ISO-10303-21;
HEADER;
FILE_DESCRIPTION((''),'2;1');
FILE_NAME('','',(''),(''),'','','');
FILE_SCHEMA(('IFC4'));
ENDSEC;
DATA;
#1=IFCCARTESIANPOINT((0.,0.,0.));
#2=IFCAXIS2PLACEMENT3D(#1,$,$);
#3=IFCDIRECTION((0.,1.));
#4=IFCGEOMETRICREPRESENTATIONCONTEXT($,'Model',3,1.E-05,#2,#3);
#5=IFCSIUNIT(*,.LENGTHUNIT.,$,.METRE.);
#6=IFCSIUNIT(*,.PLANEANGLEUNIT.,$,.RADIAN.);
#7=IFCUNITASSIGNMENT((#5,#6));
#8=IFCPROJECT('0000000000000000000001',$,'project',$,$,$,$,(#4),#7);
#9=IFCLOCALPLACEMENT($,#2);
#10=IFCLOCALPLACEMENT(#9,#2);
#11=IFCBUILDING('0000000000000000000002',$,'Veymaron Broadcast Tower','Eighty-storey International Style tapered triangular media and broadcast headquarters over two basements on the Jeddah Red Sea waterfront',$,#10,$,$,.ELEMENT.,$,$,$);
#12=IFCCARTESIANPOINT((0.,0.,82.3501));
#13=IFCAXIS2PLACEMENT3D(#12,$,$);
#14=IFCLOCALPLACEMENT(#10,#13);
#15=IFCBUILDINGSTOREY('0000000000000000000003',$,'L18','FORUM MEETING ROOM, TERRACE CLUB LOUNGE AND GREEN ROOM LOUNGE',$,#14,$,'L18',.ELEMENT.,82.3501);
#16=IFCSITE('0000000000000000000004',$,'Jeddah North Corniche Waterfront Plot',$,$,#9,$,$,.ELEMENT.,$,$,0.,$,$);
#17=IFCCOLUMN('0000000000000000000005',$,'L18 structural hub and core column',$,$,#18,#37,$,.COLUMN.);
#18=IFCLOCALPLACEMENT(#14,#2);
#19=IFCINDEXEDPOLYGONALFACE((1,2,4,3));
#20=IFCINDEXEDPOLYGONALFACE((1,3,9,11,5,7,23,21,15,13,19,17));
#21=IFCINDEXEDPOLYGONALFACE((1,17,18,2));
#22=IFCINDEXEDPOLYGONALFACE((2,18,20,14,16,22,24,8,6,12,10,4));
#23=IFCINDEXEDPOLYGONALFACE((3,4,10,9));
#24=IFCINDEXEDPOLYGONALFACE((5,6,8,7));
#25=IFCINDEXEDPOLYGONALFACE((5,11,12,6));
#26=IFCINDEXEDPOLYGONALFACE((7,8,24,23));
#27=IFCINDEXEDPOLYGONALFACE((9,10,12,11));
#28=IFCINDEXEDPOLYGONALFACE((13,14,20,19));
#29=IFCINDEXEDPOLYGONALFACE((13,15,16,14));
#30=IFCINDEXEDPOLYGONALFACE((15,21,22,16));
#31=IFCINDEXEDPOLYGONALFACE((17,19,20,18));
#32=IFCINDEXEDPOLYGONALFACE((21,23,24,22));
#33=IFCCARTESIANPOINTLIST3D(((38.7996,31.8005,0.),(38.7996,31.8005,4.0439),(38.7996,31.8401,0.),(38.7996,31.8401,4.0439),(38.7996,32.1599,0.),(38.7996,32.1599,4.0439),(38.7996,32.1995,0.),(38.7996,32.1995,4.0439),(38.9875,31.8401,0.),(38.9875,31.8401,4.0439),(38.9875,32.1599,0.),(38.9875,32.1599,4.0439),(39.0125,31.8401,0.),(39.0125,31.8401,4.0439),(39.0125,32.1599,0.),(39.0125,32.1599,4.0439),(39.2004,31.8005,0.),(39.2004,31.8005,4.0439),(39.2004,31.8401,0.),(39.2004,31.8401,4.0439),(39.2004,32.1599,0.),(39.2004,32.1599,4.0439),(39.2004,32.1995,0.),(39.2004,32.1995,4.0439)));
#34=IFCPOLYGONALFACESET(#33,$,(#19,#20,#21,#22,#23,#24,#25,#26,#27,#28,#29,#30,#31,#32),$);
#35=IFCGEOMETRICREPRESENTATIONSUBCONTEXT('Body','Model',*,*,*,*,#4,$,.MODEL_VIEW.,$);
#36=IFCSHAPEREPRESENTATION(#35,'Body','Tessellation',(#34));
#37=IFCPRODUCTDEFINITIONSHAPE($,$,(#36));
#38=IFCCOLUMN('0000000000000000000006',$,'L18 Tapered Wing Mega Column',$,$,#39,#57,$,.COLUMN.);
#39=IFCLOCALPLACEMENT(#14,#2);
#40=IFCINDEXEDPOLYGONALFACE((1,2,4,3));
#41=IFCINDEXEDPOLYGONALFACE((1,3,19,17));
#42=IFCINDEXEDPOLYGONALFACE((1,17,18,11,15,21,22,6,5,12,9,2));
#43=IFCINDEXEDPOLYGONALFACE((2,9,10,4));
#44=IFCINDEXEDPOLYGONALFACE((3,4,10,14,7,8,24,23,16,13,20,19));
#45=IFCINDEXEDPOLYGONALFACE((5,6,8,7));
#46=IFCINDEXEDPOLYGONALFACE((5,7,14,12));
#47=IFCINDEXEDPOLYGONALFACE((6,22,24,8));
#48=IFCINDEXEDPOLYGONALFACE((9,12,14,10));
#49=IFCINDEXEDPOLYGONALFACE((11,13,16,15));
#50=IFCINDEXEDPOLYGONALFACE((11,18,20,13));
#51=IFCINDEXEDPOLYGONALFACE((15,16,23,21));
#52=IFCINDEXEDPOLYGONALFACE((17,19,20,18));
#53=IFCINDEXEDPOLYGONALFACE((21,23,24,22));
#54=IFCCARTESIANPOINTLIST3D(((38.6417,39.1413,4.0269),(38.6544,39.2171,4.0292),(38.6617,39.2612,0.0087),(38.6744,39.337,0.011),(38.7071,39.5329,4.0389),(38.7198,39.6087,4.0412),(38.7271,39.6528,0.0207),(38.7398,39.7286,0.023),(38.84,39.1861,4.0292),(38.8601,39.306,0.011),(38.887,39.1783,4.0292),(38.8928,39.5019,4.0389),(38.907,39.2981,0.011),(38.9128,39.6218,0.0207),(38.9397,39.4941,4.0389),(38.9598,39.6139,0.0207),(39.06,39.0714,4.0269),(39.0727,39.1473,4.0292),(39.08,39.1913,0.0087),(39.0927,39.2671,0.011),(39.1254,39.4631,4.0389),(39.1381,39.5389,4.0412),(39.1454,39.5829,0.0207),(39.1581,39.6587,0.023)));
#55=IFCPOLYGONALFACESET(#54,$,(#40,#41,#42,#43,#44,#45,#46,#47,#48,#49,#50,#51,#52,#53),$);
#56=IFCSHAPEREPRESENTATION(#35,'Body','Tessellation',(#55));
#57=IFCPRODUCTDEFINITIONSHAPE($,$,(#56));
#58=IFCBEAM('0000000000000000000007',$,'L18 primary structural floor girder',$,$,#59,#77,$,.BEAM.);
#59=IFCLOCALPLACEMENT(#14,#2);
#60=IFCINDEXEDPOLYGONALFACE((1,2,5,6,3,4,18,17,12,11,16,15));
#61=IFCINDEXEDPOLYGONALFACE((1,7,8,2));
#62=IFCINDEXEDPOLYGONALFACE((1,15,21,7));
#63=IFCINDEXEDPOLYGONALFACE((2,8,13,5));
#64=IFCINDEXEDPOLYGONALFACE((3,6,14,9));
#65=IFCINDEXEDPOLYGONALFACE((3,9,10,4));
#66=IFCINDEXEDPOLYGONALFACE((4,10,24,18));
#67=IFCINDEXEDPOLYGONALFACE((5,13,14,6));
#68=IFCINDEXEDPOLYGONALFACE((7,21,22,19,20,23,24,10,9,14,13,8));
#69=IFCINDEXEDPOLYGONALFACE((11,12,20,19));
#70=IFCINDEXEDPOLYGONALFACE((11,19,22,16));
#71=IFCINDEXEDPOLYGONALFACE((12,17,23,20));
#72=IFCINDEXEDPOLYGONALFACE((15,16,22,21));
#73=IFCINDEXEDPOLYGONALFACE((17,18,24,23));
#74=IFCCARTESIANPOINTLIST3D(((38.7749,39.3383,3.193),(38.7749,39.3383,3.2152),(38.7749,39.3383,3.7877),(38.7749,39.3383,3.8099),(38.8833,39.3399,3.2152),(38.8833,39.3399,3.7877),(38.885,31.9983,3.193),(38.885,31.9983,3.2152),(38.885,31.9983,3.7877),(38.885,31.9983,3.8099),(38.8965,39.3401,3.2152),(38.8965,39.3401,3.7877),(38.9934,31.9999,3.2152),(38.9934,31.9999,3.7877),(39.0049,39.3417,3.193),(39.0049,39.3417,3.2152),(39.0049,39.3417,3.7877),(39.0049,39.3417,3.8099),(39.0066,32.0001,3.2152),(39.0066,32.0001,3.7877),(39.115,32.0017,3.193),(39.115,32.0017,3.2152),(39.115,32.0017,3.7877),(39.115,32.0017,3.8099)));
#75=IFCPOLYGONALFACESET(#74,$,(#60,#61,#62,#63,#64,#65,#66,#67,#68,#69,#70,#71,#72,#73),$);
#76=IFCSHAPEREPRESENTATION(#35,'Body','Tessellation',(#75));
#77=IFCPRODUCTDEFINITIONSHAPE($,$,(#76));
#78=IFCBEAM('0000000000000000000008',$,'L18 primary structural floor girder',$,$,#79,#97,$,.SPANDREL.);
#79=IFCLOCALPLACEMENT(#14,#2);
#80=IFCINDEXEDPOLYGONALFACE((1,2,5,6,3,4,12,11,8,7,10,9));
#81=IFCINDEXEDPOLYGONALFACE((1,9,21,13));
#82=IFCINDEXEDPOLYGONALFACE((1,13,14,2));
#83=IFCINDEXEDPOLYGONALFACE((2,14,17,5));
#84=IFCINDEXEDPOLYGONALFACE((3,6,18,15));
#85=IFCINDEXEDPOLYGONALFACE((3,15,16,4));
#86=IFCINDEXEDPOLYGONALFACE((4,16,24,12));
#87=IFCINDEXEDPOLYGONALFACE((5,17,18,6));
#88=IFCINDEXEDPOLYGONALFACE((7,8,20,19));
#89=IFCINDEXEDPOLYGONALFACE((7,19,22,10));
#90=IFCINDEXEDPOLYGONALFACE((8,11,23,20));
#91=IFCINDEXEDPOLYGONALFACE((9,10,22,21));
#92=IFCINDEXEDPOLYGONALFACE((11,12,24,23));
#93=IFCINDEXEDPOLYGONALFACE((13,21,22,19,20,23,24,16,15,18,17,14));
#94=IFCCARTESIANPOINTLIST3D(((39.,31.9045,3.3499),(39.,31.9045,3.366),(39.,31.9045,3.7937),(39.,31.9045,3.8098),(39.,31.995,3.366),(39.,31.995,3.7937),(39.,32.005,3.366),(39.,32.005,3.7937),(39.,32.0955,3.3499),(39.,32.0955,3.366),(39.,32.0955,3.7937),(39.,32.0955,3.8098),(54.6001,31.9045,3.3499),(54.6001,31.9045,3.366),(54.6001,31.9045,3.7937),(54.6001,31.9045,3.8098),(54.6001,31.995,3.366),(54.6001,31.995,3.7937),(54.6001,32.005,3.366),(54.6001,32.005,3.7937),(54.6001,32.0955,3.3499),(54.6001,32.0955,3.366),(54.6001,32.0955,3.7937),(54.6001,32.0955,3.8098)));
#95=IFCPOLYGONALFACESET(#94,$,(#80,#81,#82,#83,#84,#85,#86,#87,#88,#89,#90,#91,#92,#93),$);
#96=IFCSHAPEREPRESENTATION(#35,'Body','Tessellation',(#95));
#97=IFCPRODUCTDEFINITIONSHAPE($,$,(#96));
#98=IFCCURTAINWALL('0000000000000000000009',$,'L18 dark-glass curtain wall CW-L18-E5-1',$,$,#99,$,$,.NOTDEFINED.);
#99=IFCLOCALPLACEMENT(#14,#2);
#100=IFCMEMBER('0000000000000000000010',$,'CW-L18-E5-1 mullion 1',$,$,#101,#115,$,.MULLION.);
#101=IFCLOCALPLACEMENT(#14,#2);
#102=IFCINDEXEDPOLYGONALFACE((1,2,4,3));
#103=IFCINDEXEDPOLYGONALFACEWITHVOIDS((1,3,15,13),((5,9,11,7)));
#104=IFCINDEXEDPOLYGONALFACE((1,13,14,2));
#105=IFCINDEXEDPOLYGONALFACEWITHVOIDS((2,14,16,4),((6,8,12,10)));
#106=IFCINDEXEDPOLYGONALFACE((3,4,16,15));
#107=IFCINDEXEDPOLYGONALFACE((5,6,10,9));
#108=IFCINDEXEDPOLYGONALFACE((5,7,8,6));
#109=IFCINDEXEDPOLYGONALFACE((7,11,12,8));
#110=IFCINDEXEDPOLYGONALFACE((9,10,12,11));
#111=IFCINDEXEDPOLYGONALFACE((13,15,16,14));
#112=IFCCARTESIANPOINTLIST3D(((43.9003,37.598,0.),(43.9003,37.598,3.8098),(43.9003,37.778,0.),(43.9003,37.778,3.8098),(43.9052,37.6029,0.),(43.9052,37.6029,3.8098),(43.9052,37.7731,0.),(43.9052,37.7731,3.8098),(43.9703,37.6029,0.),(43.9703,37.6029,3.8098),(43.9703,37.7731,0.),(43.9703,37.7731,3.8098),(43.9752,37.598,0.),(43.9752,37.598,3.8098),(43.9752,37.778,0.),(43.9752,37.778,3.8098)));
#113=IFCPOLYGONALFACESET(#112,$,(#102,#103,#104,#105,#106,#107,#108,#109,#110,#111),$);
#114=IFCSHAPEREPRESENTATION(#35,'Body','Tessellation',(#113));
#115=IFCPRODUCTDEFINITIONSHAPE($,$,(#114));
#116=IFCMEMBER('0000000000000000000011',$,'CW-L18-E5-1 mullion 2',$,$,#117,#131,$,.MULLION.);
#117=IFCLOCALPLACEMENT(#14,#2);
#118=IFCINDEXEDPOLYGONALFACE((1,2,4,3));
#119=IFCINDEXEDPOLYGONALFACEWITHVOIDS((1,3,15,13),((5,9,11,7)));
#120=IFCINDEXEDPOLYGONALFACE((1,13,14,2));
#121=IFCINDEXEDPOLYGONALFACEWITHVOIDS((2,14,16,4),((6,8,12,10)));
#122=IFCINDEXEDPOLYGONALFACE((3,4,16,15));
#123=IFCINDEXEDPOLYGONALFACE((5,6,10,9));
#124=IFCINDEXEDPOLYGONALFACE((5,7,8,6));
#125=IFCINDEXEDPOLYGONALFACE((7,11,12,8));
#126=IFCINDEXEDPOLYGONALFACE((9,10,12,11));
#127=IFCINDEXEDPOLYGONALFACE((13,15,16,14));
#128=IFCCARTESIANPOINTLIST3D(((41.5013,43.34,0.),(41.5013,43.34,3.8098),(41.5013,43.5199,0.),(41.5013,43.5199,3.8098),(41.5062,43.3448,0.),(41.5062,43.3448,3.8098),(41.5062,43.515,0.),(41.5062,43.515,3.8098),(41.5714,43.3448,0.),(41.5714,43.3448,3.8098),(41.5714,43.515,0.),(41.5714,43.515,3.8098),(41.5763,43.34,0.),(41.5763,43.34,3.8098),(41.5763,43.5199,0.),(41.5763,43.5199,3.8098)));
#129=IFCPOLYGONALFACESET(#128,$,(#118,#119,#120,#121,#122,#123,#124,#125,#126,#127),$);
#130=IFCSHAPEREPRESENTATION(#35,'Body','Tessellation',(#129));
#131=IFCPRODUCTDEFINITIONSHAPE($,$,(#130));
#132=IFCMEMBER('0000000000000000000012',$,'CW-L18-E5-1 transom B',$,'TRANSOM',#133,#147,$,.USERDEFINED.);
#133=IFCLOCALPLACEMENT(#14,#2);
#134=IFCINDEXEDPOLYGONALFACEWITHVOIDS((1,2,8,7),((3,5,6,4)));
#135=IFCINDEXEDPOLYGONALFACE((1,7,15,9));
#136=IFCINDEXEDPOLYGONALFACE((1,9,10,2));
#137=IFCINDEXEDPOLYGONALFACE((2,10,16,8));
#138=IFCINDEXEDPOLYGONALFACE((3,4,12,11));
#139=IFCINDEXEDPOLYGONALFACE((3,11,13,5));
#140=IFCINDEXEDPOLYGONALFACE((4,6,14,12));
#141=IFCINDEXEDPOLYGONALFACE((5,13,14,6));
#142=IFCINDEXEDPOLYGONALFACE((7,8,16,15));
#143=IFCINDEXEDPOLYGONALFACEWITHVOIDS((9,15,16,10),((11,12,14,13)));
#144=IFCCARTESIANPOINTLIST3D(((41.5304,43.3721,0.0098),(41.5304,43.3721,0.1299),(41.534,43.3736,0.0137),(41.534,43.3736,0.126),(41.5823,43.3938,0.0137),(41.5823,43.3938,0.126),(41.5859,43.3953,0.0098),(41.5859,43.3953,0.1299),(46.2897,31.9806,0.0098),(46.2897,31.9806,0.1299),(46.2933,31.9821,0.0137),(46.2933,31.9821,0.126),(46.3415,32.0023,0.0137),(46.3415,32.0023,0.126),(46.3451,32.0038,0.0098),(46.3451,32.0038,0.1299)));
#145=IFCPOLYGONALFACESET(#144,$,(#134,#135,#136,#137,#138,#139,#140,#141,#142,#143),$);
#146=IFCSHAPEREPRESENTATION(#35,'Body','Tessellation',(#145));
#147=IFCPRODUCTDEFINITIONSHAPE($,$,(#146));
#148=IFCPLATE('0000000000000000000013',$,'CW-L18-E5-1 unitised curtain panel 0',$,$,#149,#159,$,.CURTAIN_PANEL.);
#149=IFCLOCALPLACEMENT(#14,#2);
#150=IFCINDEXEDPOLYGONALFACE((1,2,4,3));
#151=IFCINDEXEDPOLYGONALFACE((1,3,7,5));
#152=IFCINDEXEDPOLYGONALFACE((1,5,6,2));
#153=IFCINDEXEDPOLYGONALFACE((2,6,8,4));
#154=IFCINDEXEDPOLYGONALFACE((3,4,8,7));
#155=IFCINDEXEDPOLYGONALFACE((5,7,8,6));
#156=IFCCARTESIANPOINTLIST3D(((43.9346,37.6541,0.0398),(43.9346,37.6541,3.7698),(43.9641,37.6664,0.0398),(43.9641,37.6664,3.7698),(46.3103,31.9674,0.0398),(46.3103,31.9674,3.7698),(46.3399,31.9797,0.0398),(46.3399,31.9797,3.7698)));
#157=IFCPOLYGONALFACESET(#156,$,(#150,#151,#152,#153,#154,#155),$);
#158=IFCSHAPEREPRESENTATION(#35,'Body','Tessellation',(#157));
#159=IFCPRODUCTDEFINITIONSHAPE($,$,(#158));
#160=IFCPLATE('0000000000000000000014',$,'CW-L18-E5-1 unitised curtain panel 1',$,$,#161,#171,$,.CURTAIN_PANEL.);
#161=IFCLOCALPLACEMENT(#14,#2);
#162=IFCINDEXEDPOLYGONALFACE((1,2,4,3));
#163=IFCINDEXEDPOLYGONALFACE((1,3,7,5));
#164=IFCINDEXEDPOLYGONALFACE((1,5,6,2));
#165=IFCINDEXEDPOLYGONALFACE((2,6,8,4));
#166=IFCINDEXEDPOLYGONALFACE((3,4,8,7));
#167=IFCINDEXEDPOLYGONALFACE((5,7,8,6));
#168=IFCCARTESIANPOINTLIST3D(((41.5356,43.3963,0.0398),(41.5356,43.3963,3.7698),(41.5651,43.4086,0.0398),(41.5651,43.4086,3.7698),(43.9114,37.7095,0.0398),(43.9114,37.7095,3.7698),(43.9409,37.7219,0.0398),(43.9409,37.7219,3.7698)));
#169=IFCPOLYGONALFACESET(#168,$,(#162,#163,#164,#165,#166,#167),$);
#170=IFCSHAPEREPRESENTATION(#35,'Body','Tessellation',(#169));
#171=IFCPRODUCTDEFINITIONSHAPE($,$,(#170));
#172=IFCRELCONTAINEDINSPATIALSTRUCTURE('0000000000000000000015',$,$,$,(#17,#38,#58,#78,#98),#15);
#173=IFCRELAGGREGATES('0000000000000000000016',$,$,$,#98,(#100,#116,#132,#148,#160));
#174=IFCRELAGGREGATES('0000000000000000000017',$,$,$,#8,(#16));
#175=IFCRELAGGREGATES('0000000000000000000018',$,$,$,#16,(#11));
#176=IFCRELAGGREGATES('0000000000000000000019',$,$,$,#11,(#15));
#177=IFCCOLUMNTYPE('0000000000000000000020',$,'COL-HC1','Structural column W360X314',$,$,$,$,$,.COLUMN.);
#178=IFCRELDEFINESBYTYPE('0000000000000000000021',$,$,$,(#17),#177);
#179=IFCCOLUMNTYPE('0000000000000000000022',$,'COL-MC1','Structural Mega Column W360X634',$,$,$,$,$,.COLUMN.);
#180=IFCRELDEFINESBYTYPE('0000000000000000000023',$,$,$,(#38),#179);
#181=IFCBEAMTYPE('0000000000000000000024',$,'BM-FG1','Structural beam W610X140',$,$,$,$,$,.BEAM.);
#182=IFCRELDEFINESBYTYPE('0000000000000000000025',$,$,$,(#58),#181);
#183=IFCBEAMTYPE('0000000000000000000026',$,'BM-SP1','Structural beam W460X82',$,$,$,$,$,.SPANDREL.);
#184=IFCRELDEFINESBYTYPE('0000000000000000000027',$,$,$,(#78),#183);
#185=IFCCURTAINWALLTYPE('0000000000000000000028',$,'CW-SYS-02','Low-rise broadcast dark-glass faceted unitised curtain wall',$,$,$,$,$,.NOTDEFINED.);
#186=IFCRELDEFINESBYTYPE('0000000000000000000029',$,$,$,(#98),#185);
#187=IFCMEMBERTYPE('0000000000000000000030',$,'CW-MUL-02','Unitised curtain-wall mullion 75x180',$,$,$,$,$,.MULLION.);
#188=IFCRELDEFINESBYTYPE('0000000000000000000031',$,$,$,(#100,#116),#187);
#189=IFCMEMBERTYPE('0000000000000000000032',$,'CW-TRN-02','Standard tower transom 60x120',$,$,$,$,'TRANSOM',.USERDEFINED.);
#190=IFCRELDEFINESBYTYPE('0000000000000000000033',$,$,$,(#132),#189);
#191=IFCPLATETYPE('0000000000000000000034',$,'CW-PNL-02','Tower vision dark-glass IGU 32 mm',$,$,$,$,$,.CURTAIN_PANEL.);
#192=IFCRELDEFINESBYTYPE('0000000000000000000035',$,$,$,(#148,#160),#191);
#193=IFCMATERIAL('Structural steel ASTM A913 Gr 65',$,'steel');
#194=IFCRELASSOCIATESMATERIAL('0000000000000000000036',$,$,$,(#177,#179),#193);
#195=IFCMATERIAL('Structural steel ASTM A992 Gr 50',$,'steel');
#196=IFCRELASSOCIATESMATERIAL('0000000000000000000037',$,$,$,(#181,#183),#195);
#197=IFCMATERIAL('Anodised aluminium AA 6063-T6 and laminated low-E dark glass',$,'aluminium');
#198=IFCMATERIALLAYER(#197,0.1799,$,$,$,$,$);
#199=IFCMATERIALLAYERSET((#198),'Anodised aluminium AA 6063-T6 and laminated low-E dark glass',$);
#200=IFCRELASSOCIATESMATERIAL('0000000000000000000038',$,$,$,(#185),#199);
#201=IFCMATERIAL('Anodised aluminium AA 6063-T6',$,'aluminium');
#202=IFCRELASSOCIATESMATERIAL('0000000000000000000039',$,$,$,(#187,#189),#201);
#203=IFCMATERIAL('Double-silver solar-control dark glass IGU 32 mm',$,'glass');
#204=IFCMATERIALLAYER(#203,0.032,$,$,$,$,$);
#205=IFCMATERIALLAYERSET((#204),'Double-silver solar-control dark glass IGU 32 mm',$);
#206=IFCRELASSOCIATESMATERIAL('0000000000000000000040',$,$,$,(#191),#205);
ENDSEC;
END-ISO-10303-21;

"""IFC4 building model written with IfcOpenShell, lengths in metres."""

from ifc_helpers import new_model, si_unit, direction, frame, origin, origin_2d, place, context, subcontext, project, spatial, rectangle, hollow_rectangle, i_section, extrude, material, layer, layer_set, material_profile, profile_set, type_object, element, aggregate, save


model = new_model("IFC4")

# Units and contexts
model_context = context("Model", 3, precision=1e-05, world=origin(), true_north=direction((0.0, 1.0)))
body_context = subcontext(model_context, "Body", "Model", "MODEL_VIEW")
ifc_project = project(units=[si_unit("LENGTHUNIT", "METRE"), si_unit("PLANEANGLEUNIT", "RADIAN")], contexts=[model_context])

# Site, building, storey
site_placement = place(None, origin())
site = spatial("IfcSite", under=ifc_project, at=site_placement, Name="Jeddah North Corniche Waterfront Plot", CompositionType="ELEMENT", RefElevation=0.0)
building_placement = place(site_placement, origin())
building = spatial("IfcBuilding", under=site, at=building_placement, Name="Veymaron Broadcast Tower", Description="Eighty-storey International Style tapered triangular media and broadcast headquarters over two basements on the Jeddah Red Sea waterfront", CompositionType="ELEMENT")
storey_placement = place(building_placement, frame((0.0, 0.0, 82.3501)))
storey = spatial("IfcBuildingStorey", under=building, at=storey_placement, Name="L18", Description="FORUM MEETING ROOM, TERRACE CLUB LOUNGE AND GREEN ROOM LOUNGE", LongName="L18", CompositionType="ELEMENT", Elevation=82.3501)

# Columns
ifc_material_1 = material(Name="Structural steel ASTM A913 Gr 65", Category="steel")
ifc_material_profile_1 = material_profile(ifc_material_1, i_section(OverallWidth=0.4009, OverallDepth=0.3989, WebThickness=0.0249, FlangeThickness=0.0396, at=origin_2d()), Name="W360X314")
ifc_profile_set_1 = profile_set([ifc_material_profile_1], Name="Structural steel ASTM A913 Gr 65")
column_type_1 = type_object("IfcColumnType", Name="COL-HC1", Description="Structural column W360X314", PredefinedType="COLUMN", material=ifc_profile_set_1)
column_1_placement = place(storey_placement, frame((39.0, 32.0, 0.0), z_axis=(0.0, 0.0, 1.0), x_axis=(1.0, 0.0, 0.0)))
element("IfcColumn", 1, at=column_1_placement, inside=storey, type_object=column_type_1, Name="L18 structural hub and core column", PredefinedType="COLUMN", context=body_context, shape_type="SweptSolid", body=[
    extrude(i_section(OverallWidth=0.4009, OverallDepth=0.3989, WebThickness=0.0249, FlangeThickness=0.0396, at=origin_2d()), origin(), (0.0, 0.0, 1.0), 4.0439),
])
ifc_material_profile_2 = material_profile(ifc_material_1, i_section(OverallWidth=0.4241, OverallDepth=0.4741, WebThickness=0.0476, FlangeThickness=0.0769, at=origin_2d()), Name="W360X634")
ifc_profile_set_2 = profile_set([ifc_material_profile_2], Name="Structural steel ASTM A913 Gr 65")
column_type_2 = type_object("IfcColumnType", Name="COL-MC1", Description="Structural Mega Column W360X634", PredefinedType="COLUMN", material=ifc_profile_set_2)
column_2_placement = place(storey_placement, frame((38.9099, 39.46, 0.0159), z_axis=(-0.00498, -0.02982, 0.999543), x_axis=(0.98634, -0.164725, 0.0)))
element("IfcColumn", 2, at=column_2_placement, inside=storey, type_object=column_type_2, Name="L18 Tapered Wing Mega Column", PredefinedType="COLUMN", context=body_context, shape_type="SweptSolid", body=[
    extrude(i_section(OverallWidth=0.4241, OverallDepth=0.4741, WebThickness=0.0476, FlangeThickness=0.0769, at=origin_2d()), origin(), (0.0, 0.0, 1.0), 4.02),
])

# Beams
ifc_material_2 = material(Name="Structural steel ASTM A992 Gr 50", Category="steel")
ifc_material_profile_3 = material_profile(ifc_material_2, i_section(OverallWidth=0.23, OverallDepth=0.6169, WebThickness=0.0132, FlangeThickness=0.0222, at=origin_2d()), Name="W610X140")
ifc_profile_set_3 = profile_set([ifc_material_profile_3], Name="Structural steel ASTM A992 Gr 50")
beam_type_1 = type_object("IfcBeamType", Name="BM-FG1", Description="Structural beam W610X140", PredefinedType="BEAM", material=ifc_profile_set_3)
beam_1_placement = place(storey_placement, frame((39.0, 32.0, 3.5015), z_axis=(-0.014999, 0.999888, 0.0), x_axis=(-0.999888, -0.014999, 0.0)))
element("IfcBeam", 3, at=beam_1_placement, inside=storey, type_object=beam_type_1, Name="L18 primary structural floor girder", PredefinedType="BEAM", context=body_context, shape_type="SweptSolid", body=[
    extrude(i_section(OverallWidth=0.23, OverallDepth=0.6169, WebThickness=0.0132, FlangeThickness=0.0222, at=origin_2d()), origin(), (0.0, 0.0, 1.0), 7.3408),
])
ifc_material_profile_4 = material_profile(ifc_material_2, i_section(OverallWidth=0.1909, OverallDepth=0.46, WebThickness=0.01, FlangeThickness=0.0161, at=origin_2d()), Name="W460X82")
ifc_profile_set_4 = profile_set([ifc_material_profile_4], Name="Structural steel ASTM A992 Gr 50")
beam_type_2 = type_object("IfcBeamType", Name="BM-SP1", Description="Structural beam W460X82", PredefinedType="SPANDREL", material=ifc_profile_set_4)
beam_2_placement = place(storey_placement, frame((39.0, 32.0, 3.5798), z_axis=(1.0, 0.0, 0.0), x_axis=(0.0, 1.0, 0.0)))
element("IfcBeam", 4, at=beam_2_placement, inside=storey, type_object=beam_type_2, Name="L18 primary structural floor girder", PredefinedType="SPANDREL", context=body_context, shape_type="SweptSolid", body=[
    extrude(i_section(OverallWidth=0.1909, OverallDepth=0.46, WebThickness=0.01, FlangeThickness=0.0161, at=origin_2d()), origin(), (0.0, 0.0, 1.0), 15.6001),
])

# Curtain wall, members, plates
ifc_material_3 = material(Name="Anodised aluminium AA 6063-T6 and laminated low-E dark glass", Category="aluminium")
ifc_layer_1 = layer(ifc_material_3, 0.1799)
ifc_layer_set_1 = layer_set([ifc_layer_1], Name="Anodised aluminium AA 6063-T6 and laminated low-E dark glass")
curtain_wall_type = type_object("IfcCurtainWallType", Name="CW-SYS-02", Description="Low-rise broadcast dark-glass faceted unitised curtain wall", PredefinedType="NOTDEFINED", material=ifc_layer_set_1)
curtain_wall_placement = place(storey_placement, origin())
curtain_wall = element("IfcCurtainWall", 5, at=curtain_wall_placement, inside=storey, type_object=curtain_wall_type, Name="L18 dark-glass curtain wall CW-L18-E5-1", PredefinedType="NOTDEFINED")
ifc_material_4 = material(Name="Anodised aluminium AA 6063-T6", Category="aluminium")
ifc_material_profile_5 = material_profile(ifc_material_4, hollow_rectangle(XDim=0.075, YDim=0.1799, WallThickness=0.0049, at=origin_2d()), Name="AL180X75X5")
ifc_profile_set_5 = profile_set([ifc_material_profile_5], Name="Anodised aluminium AA 6063-T6")
member_type_1 = type_object("IfcMemberType", Name="CW-MUL-02", Description="Unitised curtain-wall mullion 75x180", PredefinedType="MULLION", material=ifc_profile_set_5)
member_1_placement = place(storey_placement, frame((43.9377, 37.688, 0.0), z_axis=(0.0, 0.0, 1.0), x_axis=(1.0, 0.0, 0.0)))
member_1 = element("IfcMember", 6, at=member_1_placement, type_object=member_type_1, Name="CW-L18-E5-1 mullion 1", PredefinedType="MULLION", context=body_context, shape_type="SweptSolid", body=[
    extrude(hollow_rectangle(XDim=0.075, YDim=0.1799, WallThickness=0.0049, at=origin_2d()), origin(), (0.0, 0.0, 1.0), 3.8098),
])
member_2_placement = place(storey_placement, frame((41.5388, 43.4299, 0.0), z_axis=(0.0, 0.0, 1.0), x_axis=(1.0, 0.0, 0.0)))
member_2 = element("IfcMember", 7, at=member_2_placement, type_object=member_type_1, Name="CW-L18-E5-1 mullion 2", PredefinedType="MULLION", context=body_context, shape_type="SweptSolid", body=[
    extrude(hollow_rectangle(XDim=0.075, YDim=0.1799, WallThickness=0.0049, at=origin_2d()), origin(), (0.0, 0.0, 1.0), 3.8098),
])
ifc_material_profile_6 = material_profile(ifc_material_4, hollow_rectangle(XDim=0.0601, YDim=0.1201, WallThickness=0.0039, at=origin_2d()), Name="AL120X60X4")
ifc_profile_set_6 = profile_set([ifc_material_profile_6], Name="Anodised aluminium AA 6063-T6")
member_type_2 = type_object("IfcMemberType", Name="CW-TRN-02", Description="Standard tower transom 60x120", ElementType="TRANSOM", PredefinedType="USERDEFINED", material=ifc_profile_set_6)
member_3_placement = place(storey_placement, frame((46.3174, 31.9922, 0.0698), z_axis=(-0.385497, 0.922709, 0.0), x_axis=(-0.922709, -0.385497, 0.0)))
member_3 = element("IfcMember", 8, at=member_3_placement, type_object=member_type_2, Name="CW-L18-E5-1 transom B", ObjectType="TRANSOM", PredefinedType="USERDEFINED", context=body_context, shape_type="SweptSolid", body=[
    extrude(hollow_rectangle(XDim=0.0601, YDim=0.1201, WallThickness=0.0039, at=origin_2d()), origin(), (0.0, 0.0, 1.0), 12.3457),
])
ifc_material_5 = material(Name="Double-silver solar-control dark glass IGU 32 mm", Category="glass")
ifc_layer_2 = layer(ifc_material_5, 0.032)
ifc_layer_set_2 = layer_set([ifc_layer_2], Name="Double-silver solar-control dark glass IGU 32 mm")
plate_type = type_object("IfcPlateType", Name="CW-PNL-02", Description="Tower vision dark-glass IGU 32 mm", PredefinedType="CURTAIN_PANEL", material=ifc_layer_set_2)
plate_1_placement = place(storey_placement, frame((45.1372, 34.8169, 0.0398), z_axis=(0.0, 0.0, 1.0), x_axis=(-0.385487, 0.922713, 0.0)))
plate_1 = element("IfcPlate", 9, at=plate_1_placement, type_object=plate_type, Name="CW-L18-E5-1 unitised curtain panel 0", PredefinedType="CURTAIN_PANEL", context=body_context, shape_type="SweptSolid", body=[
    extrude(rectangle(XDim=6.1631, YDim=0.032, at=origin_2d()), origin(), (0.0, 0.0, 1.0), 3.73),
])
plate_2_placement = place(storey_placement, frame((42.7383, 40.5591, 0.0398), z_axis=(0.0, 0.0, 1.0), x_axis=(-0.385487, 0.922713, 0.0)))
plate_2 = element("IfcPlate", 10, at=plate_2_placement, type_object=plate_type, Name="CW-L18-E5-1 unitised curtain panel 1", PredefinedType="CURTAIN_PANEL", context=body_context, shape_type="SweptSolid", body=[
    extrude(rectangle(XDim=6.1631, YDim=0.032, at=origin_2d()), origin(), (0.0, 0.0, 1.0), 3.73),
])
aggregate(curtain_wall, [member_1, member_2, member_3, plate_1, plate_2])

save(model, "model.ifc")
